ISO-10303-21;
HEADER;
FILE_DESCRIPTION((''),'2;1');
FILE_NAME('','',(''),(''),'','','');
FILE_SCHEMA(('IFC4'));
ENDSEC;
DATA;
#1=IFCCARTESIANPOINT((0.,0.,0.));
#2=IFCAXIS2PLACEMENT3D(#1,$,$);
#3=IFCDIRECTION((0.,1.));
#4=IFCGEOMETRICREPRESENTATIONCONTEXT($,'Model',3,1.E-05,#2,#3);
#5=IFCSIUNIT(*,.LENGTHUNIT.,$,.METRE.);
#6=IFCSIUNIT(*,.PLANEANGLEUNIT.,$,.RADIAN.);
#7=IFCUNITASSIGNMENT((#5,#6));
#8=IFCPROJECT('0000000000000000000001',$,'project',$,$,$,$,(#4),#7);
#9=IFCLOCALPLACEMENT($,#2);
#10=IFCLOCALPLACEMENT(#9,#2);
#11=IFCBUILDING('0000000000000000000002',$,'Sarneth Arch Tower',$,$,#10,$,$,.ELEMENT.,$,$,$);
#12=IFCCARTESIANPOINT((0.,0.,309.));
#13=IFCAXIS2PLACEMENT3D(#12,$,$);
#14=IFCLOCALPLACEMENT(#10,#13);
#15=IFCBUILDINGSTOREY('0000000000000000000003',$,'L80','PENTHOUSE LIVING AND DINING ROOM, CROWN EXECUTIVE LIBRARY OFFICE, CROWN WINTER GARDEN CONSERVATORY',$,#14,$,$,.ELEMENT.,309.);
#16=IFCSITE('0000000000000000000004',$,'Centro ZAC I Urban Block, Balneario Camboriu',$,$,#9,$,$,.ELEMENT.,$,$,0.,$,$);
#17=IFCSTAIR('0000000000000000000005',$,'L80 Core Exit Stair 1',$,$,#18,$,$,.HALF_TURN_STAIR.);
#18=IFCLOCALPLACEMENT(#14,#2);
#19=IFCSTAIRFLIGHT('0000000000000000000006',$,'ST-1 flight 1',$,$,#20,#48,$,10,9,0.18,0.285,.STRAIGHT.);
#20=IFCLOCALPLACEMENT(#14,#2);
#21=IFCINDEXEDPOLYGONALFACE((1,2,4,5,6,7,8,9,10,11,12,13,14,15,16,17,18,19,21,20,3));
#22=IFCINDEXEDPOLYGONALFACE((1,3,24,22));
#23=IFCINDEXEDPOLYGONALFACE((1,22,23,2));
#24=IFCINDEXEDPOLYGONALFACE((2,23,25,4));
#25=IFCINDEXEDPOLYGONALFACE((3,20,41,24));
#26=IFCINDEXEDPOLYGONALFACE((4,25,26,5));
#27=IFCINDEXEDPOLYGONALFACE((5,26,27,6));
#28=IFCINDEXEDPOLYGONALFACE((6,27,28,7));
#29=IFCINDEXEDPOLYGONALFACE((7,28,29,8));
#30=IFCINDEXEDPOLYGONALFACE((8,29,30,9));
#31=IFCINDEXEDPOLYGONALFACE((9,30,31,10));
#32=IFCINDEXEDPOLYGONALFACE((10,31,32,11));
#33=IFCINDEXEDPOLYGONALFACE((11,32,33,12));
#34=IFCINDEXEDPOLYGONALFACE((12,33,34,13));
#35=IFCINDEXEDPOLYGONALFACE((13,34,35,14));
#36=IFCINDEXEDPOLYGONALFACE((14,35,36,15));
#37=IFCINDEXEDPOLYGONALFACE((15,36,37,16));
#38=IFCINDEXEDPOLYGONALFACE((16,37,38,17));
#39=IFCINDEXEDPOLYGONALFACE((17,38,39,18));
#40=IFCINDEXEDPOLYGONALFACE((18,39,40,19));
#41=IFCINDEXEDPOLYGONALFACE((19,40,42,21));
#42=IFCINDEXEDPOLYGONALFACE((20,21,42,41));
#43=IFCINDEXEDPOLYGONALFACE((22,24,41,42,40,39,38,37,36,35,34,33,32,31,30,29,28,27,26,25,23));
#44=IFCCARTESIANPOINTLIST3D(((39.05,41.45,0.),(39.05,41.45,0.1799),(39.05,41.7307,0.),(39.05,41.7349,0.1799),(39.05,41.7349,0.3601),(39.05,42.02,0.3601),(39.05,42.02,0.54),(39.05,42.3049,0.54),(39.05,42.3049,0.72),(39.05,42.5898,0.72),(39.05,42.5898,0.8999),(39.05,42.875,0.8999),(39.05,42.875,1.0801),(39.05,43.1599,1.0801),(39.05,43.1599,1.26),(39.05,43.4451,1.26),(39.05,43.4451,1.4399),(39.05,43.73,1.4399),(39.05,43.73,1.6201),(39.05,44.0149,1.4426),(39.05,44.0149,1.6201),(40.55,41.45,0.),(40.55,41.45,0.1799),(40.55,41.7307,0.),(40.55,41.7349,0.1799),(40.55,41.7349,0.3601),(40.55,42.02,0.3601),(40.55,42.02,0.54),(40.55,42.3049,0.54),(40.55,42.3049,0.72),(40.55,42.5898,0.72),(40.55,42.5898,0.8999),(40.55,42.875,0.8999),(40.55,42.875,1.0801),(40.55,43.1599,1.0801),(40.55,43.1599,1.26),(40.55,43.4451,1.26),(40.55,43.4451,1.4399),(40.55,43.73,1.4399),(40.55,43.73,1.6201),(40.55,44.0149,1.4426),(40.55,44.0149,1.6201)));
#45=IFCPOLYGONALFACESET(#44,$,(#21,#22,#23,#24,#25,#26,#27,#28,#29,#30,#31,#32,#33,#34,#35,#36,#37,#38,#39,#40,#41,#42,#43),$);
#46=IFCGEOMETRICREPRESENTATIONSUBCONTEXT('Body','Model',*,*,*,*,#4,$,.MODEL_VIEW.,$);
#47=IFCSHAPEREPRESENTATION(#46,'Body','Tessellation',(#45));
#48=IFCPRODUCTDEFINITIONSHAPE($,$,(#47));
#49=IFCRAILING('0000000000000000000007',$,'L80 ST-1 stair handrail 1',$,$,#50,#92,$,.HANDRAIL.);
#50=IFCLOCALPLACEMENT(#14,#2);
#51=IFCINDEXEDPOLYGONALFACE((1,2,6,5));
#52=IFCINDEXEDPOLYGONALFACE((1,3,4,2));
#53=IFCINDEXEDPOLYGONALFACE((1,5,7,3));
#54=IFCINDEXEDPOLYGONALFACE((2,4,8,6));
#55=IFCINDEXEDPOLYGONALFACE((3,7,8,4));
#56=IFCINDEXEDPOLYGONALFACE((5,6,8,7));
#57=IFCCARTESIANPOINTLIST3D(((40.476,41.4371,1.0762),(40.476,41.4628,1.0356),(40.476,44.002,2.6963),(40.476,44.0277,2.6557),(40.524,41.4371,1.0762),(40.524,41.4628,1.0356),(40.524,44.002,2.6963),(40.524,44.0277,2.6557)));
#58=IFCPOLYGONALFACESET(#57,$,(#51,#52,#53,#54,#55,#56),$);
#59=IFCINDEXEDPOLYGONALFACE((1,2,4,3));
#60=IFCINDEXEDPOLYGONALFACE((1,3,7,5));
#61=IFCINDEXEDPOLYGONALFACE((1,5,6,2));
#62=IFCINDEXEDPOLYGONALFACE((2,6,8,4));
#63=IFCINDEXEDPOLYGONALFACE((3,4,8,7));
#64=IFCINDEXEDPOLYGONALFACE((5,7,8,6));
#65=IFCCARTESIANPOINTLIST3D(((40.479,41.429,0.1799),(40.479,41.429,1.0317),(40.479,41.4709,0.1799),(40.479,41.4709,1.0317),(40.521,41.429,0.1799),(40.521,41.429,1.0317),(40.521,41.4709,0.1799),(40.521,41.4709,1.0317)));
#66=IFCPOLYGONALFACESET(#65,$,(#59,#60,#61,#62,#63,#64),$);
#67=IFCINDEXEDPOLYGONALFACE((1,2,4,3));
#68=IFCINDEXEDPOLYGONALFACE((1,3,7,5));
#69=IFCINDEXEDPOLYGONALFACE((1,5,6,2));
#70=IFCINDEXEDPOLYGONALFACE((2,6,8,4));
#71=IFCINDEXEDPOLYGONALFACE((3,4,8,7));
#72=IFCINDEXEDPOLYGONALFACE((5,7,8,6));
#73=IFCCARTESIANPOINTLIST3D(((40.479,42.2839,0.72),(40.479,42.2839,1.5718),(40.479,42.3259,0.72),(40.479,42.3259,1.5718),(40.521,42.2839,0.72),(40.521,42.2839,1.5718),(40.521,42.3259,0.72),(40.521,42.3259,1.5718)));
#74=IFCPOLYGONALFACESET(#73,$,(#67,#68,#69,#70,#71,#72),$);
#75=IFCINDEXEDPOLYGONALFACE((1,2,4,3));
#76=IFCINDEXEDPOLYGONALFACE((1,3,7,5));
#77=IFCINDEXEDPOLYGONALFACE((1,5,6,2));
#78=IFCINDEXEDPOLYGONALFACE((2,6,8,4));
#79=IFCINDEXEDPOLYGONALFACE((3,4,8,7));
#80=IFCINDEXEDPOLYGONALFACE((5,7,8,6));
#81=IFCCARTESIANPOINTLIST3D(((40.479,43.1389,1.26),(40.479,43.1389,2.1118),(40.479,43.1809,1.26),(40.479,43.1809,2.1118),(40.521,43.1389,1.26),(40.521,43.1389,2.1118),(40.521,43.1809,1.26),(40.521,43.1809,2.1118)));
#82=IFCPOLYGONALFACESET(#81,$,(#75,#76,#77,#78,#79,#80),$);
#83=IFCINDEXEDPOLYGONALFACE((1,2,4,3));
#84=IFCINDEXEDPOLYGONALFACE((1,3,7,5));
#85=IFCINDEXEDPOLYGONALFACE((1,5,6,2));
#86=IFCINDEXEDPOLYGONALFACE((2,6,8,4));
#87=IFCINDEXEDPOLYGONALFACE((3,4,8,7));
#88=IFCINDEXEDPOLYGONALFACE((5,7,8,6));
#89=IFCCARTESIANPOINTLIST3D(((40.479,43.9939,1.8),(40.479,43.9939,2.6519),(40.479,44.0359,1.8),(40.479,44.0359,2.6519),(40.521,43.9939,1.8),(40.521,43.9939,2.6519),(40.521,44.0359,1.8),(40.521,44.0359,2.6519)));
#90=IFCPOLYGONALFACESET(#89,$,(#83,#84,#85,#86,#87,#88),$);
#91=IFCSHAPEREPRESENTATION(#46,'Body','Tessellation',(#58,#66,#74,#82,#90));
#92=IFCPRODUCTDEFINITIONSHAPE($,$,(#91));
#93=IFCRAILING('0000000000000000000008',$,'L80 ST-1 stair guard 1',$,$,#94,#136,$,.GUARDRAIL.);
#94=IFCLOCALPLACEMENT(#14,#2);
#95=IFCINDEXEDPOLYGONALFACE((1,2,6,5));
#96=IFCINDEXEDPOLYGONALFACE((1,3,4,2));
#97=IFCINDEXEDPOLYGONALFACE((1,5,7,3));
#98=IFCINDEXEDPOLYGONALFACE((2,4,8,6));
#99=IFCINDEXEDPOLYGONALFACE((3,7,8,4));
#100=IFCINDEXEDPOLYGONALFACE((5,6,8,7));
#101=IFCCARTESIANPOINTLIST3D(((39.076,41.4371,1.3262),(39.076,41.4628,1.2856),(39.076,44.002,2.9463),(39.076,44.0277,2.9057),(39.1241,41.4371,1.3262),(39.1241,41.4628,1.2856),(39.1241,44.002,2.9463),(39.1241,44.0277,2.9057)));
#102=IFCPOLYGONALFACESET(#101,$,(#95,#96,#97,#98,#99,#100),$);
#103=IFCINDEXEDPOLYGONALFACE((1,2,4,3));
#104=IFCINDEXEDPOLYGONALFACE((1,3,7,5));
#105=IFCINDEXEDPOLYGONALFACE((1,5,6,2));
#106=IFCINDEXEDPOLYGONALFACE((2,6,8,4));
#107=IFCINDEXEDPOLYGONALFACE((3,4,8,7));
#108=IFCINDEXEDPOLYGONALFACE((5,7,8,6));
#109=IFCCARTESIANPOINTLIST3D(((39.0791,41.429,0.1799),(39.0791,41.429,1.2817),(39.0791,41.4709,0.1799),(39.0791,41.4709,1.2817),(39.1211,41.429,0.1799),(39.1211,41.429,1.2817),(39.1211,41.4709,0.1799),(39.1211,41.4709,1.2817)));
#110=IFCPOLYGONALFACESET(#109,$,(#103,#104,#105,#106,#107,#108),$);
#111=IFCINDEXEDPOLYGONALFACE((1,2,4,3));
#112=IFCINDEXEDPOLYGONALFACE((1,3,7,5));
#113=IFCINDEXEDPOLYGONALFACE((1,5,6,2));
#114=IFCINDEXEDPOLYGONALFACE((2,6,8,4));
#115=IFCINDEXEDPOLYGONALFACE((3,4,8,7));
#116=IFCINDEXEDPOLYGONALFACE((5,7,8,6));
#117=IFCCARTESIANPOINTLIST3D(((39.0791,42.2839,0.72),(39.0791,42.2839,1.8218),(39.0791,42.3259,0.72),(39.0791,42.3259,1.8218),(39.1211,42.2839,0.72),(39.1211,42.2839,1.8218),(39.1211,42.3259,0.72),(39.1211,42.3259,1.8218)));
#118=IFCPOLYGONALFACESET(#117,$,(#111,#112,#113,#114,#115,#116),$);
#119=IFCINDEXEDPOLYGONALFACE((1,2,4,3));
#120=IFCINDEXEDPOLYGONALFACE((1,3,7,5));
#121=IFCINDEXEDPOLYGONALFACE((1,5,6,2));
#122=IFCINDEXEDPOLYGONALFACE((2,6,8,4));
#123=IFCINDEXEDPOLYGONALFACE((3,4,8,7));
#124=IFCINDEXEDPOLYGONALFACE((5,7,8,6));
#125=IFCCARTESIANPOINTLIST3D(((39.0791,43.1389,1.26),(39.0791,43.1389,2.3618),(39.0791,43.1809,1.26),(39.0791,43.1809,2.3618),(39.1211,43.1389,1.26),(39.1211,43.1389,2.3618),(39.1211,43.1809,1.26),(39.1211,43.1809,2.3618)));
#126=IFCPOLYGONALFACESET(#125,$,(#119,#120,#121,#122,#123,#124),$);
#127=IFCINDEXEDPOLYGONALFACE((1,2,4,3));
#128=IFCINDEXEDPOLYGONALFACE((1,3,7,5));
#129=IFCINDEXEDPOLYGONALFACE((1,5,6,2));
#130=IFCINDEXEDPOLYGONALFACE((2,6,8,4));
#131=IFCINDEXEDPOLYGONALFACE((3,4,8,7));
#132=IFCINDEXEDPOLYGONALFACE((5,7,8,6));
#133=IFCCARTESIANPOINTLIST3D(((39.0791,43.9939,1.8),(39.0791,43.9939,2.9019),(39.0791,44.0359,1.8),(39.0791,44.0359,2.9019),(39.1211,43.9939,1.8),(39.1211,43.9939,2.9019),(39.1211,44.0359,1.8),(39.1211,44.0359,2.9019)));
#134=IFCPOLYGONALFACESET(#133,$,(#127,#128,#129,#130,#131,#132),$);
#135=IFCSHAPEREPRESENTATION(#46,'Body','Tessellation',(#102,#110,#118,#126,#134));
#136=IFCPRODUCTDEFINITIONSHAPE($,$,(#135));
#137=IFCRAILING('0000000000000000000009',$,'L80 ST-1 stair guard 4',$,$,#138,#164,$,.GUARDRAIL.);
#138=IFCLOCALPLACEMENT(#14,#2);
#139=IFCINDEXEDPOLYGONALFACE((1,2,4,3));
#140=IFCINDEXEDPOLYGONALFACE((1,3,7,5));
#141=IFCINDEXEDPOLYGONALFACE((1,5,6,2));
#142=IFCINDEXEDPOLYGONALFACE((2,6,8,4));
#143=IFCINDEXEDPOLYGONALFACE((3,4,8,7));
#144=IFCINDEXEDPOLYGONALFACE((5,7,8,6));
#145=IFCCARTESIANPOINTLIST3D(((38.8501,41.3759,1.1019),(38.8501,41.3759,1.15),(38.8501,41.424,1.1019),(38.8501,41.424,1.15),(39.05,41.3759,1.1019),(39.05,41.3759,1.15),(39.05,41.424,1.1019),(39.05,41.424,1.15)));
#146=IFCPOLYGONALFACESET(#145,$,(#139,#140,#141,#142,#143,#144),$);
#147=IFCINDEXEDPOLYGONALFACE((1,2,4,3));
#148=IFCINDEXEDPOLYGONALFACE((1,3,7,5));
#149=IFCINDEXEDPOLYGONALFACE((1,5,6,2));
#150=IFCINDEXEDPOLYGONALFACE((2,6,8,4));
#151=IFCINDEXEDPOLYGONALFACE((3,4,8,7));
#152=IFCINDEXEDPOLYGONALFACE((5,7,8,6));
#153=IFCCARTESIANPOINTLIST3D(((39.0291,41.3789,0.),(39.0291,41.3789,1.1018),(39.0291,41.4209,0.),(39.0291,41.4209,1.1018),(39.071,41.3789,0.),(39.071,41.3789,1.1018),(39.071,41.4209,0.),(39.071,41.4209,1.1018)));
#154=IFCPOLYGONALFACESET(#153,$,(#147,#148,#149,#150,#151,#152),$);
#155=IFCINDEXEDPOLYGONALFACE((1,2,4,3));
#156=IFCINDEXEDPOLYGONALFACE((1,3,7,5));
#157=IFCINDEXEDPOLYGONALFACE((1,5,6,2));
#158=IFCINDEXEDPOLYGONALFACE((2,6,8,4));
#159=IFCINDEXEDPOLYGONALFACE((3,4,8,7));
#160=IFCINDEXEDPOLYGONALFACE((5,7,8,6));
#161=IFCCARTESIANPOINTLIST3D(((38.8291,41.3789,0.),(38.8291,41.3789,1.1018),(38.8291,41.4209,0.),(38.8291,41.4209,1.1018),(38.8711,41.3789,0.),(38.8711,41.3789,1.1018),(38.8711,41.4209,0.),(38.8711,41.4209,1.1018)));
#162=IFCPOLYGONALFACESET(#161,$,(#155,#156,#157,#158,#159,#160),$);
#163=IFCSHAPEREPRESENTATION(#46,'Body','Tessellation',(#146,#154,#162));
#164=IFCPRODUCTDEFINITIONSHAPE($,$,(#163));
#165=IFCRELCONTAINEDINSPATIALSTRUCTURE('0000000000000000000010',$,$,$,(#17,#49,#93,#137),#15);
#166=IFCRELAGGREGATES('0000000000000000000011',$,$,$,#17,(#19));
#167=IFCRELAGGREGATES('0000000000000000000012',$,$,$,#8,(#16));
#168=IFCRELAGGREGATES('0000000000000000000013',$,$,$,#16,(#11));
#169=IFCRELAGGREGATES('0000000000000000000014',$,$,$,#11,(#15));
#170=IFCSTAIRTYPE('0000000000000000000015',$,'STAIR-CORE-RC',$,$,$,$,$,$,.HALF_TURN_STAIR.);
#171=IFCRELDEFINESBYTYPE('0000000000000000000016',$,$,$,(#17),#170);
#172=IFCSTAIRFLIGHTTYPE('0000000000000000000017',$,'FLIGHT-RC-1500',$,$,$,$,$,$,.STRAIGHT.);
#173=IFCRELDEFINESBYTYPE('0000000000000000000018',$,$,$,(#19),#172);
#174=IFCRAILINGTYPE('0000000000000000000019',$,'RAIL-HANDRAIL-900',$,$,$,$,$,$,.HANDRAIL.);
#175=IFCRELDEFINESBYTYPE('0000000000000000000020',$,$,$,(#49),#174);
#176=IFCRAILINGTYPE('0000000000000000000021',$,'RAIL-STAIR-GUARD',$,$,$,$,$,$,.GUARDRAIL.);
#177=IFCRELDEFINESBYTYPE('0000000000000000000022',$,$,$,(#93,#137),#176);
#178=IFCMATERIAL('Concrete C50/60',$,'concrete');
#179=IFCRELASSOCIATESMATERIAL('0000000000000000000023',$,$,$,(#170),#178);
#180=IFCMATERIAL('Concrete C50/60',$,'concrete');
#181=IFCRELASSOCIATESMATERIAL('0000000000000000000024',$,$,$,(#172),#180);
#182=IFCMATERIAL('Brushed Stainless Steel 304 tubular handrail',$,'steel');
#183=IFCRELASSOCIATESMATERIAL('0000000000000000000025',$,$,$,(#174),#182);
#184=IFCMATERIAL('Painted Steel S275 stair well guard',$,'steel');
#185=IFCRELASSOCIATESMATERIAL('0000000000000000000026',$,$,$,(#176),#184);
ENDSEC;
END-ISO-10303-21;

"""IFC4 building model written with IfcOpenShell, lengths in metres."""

from ifc_helpers import new_model, si_unit, direction, frame, origin, origin_2d, place, context, subcontext, project, spatial, polyline, rectangle, outline, extrude, material, type_object, element, aggregate, save


model = new_model("IFC4")

# Units and contexts
model_context = context("Model", 3, precision=1e-05, world=origin(), true_north=direction((0.0, 1.0)))
body_context = subcontext(model_context, "Body", "Model", "MODEL_VIEW")
ifc_project = project(units=[si_unit("LENGTHUNIT", "METRE"), si_unit("PLANEANGLEUNIT", "RADIAN")], contexts=[model_context])

# Site, building, storey
site_placement = place(None, origin())
site = spatial("IfcSite", under=ifc_project, at=site_placement, Name="Centro ZAC I Urban Block, Balneario Camboriu", CompositionType="ELEMENT", RefElevation=0.0)
building_placement = place(site_placement, origin())
building = spatial("IfcBuilding", under=site, at=building_placement, Name="Sarneth Arch Tower", CompositionType="ELEMENT")
storey_placement = place(building_placement, frame((0.0, 0.0, 309.0)))
storey = spatial("IfcBuildingStorey", under=building, at=storey_placement, Name="L80", Description="PENTHOUSE LIVING AND DINING ROOM, CROWN EXECUTIVE LIBRARY OFFICE, CROWN WINTER GARDEN CONSERVATORY", CompositionType="ELEMENT", Elevation=309.0)

# Stair, stair flight
ifc_material_1 = material(Name="Concrete C50/60", Category="concrete")
stair_type = type_object("IfcStairType", Name="STAIR-CORE-RC", PredefinedType="HALF_TURN_STAIR", material=ifc_material_1)
stair_placement = place(storey_placement, origin())
stair = element("IfcStair", 1, at=stair_placement, inside=storey, type_object=stair_type, Name="L80 Core Exit Stair 1", PredefinedType="HALF_TURN_STAIR")
ifc_material_2 = material(Name="Concrete C50/60", Category="concrete")
stair_flight_type = type_object("IfcStairFlightType", Name="FLIGHT-RC-1500", PredefinedType="STRAIGHT", material=ifc_material_2)
stair_flight_placement = place(storey_placement, frame((39.8, 41.45, 0.0), z_axis=(0.0, 0.0, 1.0), x_axis=(0.0, 1.0, 0.0)))
stair_flight = element("IfcStairFlight", 2, at=stair_flight_placement, type_object=stair_flight_type, Name="ST-1 flight 1", NumberOfRisers=10, NumberOfTreads=9, PredefinedType="STRAIGHT", RiserHeight=0.18, TreadLength=0.285, context=body_context, shape_type="SweptSolid", body=[
    extrude(outline(polyline([(0.0, 0.0), (0.0, 0.1799), (0.2849, 0.1799), (0.2849, 0.3601), (0.5701, 0.3601), (0.5701, 0.54), (0.855, 0.54), (0.855, 0.72), (1.1399, 0.72), (1.1399, 0.8999), (1.425, 0.8999), (1.425, 1.0801), (1.71, 1.0801), (1.71, 1.26), (1.9951, 1.26), (1.9951, 1.4399), (2.28, 1.4399), (2.28, 1.6201), (2.5649, 1.6201), (2.5649, 1.8), (2.5649, 1.4426), (0.2808, 0.0), (0.0, 0.0)])), frame((0.0, 0.75, 0.0), z_axis=(0.0, -1.0, 0.0), x_axis=(1.0, 0.0, 0.0)), (0.0, 0.0, 1.0), 1.5),
])
aggregate(stair, [stair_flight])

# Railings
ifc_material_3 = material(Name="Brushed Stainless Steel 304 tubular handrail", Category="steel")
railing_type_1 = type_object("IfcRailingType", Name="RAIL-HANDRAIL-900", PredefinedType="HANDRAIL", material=ifc_material_3)
railing_1_placement = place(storey_placement, frame((40.5, 41.45, 0.1799)))
element("IfcRailing", 3, at=railing_1_placement, inside=storey, type_object=railing_type_1, Name="L80 ST-1 stair handrail 1", PredefinedType="HANDRAIL", context=body_context, shape_type="SweptSolid", body=[
    extrude(rectangle(XDim=0.0481, YDim=0.0481, at=origin_2d()), frame((0.0, 0.0, 0.876), z_axis=(0.0, 0.845466, 0.534029), x_axis=(-1.0, 0.0, 0.0)), (0.0, 0.0, 1.0), 3.0337),
    extrude(rectangle(XDim=0.042, YDim=0.042, at=origin_2d()), origin(), (0.0, 0.0, 1.0), 0.8518),
    extrude(rectangle(XDim=0.042, YDim=0.042, at=origin_2d()), frame((0.0, 0.855, 0.54)), (0.0, 0.0, 1.0), 0.8518),
    extrude(rectangle(XDim=0.042, YDim=0.042, at=origin_2d()), frame((0.0, 1.71, 1.0801)), (0.0, 0.0, 1.0), 0.8518),
    extrude(rectangle(XDim=0.042, YDim=0.042, at=origin_2d()), frame((0.0, 2.5649, 1.6201)), (0.0, 0.0, 1.0), 0.8518),
])
ifc_material_4 = material(Name="Painted Steel S275 stair well guard", Category="steel")
railing_type_2 = type_object("IfcRailingType", Name="RAIL-STAIR-GUARD", PredefinedType="GUARDRAIL", material=ifc_material_4)
railing_2_placement = place(storey_placement, frame((39.1001, 41.45, 0.1799)))
element("IfcRailing", 4, at=railing_2_placement, inside=storey, type_object=railing_type_2, Name="L80 ST-1 stair guard 1", PredefinedType="GUARDRAIL", context=body_context, shape_type="SweptSolid", body=[
    extrude(rectangle(XDim=0.0481, YDim=0.0481, at=origin_2d()), frame((0.0, 0.0, 1.126), z_axis=(0.0, 0.845466, 0.534029), x_axis=(-1.0, 0.0, 0.0)), (0.0, 0.0, 1.0), 3.0337),
    extrude(rectangle(XDim=0.042, YDim=0.042, at=origin_2d()), origin(), (0.0, 0.0, 1.0), 1.1018),
    extrude(rectangle(XDim=0.042, YDim=0.042, at=origin_2d()), frame((0.0, 0.855, 0.54)), (0.0, 0.0, 1.0), 1.1018),
    extrude(rectangle(XDim=0.042, YDim=0.042, at=origin_2d()), frame((0.0, 1.71, 1.0801)), (0.0, 0.0, 1.0), 1.1018),
    extrude(rectangle(XDim=0.042, YDim=0.042, at=origin_2d()), frame((0.0, 2.5649, 1.6201)), (0.0, 0.0, 1.0), 1.1018),
])
railing_3_placement = place(storey_placement, frame((39.05, 41.3999, 0.0)))
element("IfcRailing", 5, at=railing_3_placement, inside=storey, type_object=railing_type_2, Name="L80 ST-1 stair guard 4", PredefinedType="GUARDRAIL", context=body_context, shape_type="SweptSolid", body=[
    extrude(rectangle(XDim=0.0481, YDim=0.0481, at=origin_2d()), frame((0.0, 0.0, 1.126), z_axis=(-1.0, 0.0, 0.0), x_axis=(0.0, -1.0, 0.0)), (0.0, 0.0, 1.0), 0.2),
    extrude(rectangle(XDim=0.042, YDim=0.042, at=origin_2d()), origin(), (0.0, 0.0, 1.0), 1.1018),
    extrude(rectangle(XDim=0.042, YDim=0.042, at=origin_2d()), frame((-0.2, 0.0, 0.0)), (0.0, 0.0, 1.0), 1.1018),
])

save(model, "model.ifc")
